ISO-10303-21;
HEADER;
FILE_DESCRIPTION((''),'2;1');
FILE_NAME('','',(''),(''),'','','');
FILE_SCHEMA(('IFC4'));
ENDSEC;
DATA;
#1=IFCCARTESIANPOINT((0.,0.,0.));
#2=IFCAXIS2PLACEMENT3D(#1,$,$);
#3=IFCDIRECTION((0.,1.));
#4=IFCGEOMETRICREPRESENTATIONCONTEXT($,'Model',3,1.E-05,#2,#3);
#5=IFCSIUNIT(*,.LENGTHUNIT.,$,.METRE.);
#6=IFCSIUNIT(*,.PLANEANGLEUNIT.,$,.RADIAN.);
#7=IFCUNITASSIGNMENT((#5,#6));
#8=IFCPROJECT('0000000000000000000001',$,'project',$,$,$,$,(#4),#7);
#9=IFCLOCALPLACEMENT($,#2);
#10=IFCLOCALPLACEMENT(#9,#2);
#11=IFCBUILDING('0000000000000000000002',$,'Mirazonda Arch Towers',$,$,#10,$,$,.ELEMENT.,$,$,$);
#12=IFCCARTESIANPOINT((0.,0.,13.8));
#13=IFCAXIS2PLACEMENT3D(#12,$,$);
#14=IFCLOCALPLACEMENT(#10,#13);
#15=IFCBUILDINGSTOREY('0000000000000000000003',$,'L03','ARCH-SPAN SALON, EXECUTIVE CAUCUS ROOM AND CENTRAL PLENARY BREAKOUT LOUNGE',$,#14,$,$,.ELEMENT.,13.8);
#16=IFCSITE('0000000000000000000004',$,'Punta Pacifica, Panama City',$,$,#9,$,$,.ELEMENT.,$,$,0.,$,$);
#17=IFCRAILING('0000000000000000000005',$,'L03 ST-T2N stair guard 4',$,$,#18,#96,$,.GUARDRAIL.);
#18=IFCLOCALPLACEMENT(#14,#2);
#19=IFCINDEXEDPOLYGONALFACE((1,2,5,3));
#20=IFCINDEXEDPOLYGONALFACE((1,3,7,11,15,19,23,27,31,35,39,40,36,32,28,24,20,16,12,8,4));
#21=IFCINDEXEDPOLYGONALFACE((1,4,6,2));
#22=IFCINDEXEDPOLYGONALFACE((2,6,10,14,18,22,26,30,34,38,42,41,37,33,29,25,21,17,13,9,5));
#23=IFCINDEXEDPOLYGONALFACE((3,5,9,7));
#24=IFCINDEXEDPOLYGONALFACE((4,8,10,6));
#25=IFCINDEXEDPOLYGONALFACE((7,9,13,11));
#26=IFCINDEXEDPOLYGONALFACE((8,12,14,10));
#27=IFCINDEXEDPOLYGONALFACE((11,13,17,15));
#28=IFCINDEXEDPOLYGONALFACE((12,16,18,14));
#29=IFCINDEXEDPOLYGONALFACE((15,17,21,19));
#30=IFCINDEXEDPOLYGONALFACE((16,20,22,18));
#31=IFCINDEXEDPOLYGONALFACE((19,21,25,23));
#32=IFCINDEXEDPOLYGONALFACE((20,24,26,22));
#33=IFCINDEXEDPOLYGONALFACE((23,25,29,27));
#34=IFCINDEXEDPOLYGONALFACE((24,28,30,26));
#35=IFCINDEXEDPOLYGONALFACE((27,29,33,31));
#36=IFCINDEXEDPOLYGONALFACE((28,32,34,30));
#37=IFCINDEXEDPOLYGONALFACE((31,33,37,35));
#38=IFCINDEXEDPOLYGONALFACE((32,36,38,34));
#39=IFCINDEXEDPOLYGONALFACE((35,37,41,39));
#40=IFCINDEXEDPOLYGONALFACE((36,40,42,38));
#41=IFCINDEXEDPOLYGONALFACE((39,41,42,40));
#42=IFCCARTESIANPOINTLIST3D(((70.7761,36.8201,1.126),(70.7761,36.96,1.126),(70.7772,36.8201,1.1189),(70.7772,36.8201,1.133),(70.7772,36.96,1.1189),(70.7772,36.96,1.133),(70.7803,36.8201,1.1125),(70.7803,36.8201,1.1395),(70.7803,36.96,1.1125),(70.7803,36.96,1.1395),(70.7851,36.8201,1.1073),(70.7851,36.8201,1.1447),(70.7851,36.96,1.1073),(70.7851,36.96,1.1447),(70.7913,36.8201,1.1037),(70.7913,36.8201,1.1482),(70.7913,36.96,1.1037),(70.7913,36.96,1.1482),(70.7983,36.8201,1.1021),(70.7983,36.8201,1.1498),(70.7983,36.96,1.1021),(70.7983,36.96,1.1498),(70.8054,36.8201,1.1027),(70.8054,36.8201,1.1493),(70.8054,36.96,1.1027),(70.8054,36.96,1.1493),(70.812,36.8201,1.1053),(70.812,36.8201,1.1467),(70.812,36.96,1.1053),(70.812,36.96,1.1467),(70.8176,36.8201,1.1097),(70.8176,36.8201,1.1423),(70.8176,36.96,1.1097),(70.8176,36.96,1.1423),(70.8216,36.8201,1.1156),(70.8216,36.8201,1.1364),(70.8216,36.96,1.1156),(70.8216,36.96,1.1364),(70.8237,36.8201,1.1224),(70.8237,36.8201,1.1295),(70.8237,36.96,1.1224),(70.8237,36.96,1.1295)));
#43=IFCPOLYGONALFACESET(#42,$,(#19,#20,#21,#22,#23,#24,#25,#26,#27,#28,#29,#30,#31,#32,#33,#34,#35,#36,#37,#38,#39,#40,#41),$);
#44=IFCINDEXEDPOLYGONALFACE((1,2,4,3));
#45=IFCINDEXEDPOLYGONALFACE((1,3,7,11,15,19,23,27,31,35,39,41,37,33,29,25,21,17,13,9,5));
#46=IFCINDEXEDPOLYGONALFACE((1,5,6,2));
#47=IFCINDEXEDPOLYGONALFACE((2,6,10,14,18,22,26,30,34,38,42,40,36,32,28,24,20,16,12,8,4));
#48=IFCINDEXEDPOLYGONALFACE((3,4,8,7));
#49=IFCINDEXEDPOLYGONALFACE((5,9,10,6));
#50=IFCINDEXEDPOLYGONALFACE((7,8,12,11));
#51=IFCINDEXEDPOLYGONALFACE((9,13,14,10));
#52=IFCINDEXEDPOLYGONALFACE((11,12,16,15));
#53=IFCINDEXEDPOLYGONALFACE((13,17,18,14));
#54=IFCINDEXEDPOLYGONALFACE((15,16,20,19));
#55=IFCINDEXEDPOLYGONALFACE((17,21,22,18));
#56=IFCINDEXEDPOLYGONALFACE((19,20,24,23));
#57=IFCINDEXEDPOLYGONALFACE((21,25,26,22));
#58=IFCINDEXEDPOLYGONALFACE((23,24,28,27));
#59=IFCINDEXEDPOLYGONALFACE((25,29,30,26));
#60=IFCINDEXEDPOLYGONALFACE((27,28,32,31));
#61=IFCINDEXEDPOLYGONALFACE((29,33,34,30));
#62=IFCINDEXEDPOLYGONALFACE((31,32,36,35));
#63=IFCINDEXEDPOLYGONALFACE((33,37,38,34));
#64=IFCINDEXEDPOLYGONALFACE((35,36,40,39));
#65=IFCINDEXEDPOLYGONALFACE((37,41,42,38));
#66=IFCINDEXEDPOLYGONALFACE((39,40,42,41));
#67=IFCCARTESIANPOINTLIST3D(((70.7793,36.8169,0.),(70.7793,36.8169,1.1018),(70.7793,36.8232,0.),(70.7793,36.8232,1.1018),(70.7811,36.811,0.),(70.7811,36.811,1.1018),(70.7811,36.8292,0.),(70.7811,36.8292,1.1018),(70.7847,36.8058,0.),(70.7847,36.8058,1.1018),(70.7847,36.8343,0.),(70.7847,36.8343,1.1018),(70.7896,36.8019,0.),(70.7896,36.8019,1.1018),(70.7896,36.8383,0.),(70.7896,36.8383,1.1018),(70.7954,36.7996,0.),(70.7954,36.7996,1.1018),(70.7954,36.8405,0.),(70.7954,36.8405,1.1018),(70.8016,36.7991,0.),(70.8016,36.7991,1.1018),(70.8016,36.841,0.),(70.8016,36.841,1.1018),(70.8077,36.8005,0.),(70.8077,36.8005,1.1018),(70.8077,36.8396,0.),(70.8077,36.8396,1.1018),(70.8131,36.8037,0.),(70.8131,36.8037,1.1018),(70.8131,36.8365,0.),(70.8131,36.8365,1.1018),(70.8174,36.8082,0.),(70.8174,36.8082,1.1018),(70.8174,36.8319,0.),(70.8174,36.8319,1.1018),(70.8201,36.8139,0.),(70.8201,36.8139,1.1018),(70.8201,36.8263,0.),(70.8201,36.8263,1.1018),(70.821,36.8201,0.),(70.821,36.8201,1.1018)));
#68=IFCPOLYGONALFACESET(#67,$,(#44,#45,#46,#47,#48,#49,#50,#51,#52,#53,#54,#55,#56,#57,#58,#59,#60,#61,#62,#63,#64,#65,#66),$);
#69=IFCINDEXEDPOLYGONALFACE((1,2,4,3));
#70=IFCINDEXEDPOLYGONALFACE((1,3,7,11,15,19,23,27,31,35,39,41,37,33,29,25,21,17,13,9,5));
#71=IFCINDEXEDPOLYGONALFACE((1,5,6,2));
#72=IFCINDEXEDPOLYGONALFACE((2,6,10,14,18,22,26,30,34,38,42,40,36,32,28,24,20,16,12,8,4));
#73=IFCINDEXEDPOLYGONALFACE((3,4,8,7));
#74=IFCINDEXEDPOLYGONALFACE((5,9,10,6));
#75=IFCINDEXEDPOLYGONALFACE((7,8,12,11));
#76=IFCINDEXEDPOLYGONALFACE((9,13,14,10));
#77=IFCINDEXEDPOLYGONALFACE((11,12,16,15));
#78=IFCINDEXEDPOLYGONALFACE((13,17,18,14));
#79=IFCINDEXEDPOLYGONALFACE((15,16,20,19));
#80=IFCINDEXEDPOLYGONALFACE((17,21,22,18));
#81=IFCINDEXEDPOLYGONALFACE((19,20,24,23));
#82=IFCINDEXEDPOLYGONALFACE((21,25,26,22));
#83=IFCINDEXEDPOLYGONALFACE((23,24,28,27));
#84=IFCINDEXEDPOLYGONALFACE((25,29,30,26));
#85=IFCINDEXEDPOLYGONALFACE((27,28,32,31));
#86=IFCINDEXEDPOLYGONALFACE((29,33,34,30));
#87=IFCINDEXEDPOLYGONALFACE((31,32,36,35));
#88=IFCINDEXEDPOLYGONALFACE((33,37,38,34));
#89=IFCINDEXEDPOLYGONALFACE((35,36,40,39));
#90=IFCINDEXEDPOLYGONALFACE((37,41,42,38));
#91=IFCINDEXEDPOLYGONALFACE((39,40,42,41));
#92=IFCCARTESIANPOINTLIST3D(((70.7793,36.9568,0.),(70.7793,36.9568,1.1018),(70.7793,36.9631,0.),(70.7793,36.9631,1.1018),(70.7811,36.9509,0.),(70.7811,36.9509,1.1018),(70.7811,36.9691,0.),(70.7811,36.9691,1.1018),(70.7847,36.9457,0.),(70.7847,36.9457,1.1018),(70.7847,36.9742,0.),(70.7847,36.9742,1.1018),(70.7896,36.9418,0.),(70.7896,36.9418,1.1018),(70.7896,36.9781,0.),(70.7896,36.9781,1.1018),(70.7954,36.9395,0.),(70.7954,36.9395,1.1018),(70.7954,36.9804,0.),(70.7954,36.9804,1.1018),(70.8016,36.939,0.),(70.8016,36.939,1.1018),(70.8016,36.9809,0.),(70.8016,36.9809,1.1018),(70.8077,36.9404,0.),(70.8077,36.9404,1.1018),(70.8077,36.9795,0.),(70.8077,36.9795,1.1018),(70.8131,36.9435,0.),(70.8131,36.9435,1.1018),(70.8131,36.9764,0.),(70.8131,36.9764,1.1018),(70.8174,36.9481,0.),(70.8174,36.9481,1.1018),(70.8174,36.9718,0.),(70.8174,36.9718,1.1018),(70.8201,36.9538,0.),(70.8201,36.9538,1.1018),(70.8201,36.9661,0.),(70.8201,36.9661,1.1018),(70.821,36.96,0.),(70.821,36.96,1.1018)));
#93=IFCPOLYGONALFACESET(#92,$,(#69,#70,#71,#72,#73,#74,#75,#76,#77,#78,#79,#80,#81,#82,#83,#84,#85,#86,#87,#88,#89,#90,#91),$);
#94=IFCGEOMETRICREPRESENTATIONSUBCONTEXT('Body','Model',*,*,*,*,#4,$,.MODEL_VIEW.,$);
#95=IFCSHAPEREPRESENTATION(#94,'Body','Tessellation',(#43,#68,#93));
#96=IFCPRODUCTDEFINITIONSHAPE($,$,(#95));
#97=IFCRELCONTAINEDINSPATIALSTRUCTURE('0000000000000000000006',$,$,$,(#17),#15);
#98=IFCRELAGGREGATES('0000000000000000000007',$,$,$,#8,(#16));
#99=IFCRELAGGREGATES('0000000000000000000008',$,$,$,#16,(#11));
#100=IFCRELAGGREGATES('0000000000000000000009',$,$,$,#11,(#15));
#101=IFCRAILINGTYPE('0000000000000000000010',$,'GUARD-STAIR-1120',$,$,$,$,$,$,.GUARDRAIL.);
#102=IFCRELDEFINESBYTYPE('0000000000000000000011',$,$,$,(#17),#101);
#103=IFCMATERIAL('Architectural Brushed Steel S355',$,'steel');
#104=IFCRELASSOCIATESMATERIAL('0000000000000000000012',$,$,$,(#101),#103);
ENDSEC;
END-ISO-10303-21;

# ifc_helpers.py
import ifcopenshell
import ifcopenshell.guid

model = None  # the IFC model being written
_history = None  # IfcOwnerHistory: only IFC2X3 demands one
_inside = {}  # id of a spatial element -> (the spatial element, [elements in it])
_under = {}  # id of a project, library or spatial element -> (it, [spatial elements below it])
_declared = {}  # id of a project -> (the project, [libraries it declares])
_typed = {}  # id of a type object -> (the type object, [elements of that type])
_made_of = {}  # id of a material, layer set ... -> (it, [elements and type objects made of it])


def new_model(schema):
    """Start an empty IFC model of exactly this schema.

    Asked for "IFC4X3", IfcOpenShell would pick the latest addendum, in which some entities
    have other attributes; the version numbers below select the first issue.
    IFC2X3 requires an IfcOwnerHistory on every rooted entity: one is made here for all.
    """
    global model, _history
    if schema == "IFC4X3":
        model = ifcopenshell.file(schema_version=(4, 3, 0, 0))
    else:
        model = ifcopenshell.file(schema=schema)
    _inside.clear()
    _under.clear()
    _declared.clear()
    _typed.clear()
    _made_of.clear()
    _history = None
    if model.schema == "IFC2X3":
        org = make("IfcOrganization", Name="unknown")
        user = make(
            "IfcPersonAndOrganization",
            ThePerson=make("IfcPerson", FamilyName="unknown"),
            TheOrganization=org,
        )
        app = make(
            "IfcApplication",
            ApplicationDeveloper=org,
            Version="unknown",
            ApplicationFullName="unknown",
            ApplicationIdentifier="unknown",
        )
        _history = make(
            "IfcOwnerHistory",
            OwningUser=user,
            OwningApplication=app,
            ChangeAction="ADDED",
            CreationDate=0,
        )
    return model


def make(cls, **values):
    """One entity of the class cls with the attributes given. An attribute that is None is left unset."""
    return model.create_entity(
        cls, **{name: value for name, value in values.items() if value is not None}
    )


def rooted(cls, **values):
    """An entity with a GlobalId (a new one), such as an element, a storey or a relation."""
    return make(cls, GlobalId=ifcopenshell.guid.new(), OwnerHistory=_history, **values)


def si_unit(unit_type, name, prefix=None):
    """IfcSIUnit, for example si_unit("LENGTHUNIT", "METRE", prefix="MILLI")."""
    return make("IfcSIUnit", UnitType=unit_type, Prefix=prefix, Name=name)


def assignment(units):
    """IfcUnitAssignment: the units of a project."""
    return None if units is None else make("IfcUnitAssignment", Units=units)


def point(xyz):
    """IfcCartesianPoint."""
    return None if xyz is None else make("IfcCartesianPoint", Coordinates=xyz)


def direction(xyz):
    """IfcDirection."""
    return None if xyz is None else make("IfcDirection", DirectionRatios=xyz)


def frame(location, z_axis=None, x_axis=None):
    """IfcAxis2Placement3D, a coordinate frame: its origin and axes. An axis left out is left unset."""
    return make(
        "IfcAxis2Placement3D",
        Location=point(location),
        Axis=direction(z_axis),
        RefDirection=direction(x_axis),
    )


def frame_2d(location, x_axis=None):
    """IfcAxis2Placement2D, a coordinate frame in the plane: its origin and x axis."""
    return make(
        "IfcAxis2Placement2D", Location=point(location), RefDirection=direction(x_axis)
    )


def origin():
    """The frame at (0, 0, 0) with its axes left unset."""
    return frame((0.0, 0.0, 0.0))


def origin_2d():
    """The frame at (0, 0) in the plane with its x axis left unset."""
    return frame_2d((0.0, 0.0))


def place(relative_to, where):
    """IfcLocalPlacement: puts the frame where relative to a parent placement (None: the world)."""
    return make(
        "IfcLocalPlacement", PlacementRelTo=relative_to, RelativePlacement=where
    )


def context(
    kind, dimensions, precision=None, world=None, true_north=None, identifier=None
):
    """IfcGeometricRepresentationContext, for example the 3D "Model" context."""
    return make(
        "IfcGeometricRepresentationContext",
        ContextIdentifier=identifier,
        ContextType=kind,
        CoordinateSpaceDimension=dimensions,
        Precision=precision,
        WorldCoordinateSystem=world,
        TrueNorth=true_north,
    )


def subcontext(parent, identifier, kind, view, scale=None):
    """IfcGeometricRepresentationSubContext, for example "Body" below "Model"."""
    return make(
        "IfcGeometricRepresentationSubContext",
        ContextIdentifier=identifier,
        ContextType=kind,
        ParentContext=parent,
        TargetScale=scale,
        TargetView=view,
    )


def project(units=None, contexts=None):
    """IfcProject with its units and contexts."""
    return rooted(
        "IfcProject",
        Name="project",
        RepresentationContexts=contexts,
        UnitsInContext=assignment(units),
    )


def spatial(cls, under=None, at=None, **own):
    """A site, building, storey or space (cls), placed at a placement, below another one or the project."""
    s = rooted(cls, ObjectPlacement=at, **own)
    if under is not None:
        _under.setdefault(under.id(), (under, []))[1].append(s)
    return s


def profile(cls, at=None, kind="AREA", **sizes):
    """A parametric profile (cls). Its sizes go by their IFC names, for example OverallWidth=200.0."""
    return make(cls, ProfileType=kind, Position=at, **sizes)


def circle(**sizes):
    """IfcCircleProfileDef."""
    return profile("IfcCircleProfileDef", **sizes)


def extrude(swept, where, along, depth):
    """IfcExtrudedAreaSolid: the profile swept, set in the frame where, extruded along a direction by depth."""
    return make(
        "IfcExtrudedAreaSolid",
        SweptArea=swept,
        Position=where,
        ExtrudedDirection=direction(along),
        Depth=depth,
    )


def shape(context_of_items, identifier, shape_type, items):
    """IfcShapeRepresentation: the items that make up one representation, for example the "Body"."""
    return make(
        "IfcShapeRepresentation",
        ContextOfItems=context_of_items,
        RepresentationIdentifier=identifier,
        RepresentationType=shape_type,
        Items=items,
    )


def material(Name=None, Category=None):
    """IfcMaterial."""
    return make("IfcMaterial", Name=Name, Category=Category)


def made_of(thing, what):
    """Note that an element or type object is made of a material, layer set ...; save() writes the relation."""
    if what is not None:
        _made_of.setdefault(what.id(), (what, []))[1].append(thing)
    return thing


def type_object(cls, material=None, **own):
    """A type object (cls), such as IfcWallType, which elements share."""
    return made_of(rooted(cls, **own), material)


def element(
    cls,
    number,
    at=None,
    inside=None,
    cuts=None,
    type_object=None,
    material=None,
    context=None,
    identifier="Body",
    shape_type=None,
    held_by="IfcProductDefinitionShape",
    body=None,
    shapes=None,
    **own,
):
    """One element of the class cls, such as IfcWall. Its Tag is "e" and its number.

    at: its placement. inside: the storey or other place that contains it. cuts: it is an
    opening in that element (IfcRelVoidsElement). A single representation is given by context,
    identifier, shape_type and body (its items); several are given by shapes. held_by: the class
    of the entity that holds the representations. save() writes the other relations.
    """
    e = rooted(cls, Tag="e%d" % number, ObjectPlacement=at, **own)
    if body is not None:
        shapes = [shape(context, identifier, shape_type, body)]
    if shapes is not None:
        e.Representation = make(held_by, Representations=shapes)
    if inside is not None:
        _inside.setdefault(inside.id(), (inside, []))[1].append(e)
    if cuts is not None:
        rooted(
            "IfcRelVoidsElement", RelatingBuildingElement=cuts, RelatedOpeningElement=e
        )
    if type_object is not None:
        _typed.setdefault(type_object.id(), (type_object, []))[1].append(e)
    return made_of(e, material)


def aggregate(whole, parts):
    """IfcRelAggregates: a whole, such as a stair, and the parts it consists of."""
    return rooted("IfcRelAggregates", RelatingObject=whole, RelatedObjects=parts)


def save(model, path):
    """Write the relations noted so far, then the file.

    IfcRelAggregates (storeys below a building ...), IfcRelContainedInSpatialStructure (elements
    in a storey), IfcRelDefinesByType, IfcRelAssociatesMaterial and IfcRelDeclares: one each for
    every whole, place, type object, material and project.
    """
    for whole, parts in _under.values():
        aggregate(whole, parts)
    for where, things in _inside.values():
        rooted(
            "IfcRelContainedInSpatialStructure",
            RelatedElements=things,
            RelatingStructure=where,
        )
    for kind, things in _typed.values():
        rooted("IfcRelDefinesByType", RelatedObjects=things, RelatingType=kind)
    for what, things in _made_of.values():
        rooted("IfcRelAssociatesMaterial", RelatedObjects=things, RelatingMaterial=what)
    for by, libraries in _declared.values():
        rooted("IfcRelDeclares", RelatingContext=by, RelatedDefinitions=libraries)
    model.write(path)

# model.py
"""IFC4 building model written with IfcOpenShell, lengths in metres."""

from ifc_helpers import new_model, si_unit, direction, frame, origin, origin_2d, place, context, subcontext, project, spatial, circle, extrude, material, type_object, element, save


model = new_model("IFC4")

# Units and contexts
model_context = context("Model", 3, precision=1e-05, world=origin(), true_north=direction((0.0, 1.0)))
body_context = subcontext(model_context, "Body", "Model", "MODEL_VIEW")
ifc_project = project(units=[si_unit("LENGTHUNIT", "METRE"), si_unit("PLANEANGLEUNIT", "RADIAN")], contexts=[model_context])

# Site, building, storey
site_placement = place(None, origin())
site = spatial("IfcSite", under=ifc_project, at=site_placement, Name="Punta Pacifica, Panama City", CompositionType="ELEMENT", RefElevation=0.0)
building_placement = place(site_placement, origin())
building = spatial("IfcBuilding", under=site, at=building_placement, Name="Mirazonda Arch Towers", CompositionType="ELEMENT")
storey_placement = place(building_placement, frame((0.0, 0.0, 13.8)))
storey = spatial("IfcBuildingStorey", under=building, at=storey_placement, Name="L03", Description="ARCH-SPAN SALON, EXECUTIVE CAUCUS ROOM AND CENTRAL PLENARY BREAKOUT LOUNGE", CompositionType="ELEMENT", Elevation=13.8)

# Shared definitions
ifc_material_1 = material(Name="Architectural Brushed Steel S355", Category="steel")

# Railing
railing_type_1 = type_object("IfcRailingType", Name="GUARD-STAIR-1120", PredefinedType="GUARDRAIL", material=ifc_material_1)
railing_1_placement = place(storey_placement, frame((70.8, 36.8201, 0.0)))
element("IfcRailing", 1, at=railing_1_placement, inside=storey, type_object=railing_type_1, Name="L03 ST-T2N stair guard 4", PredefinedType="GUARDRAIL", context=body_context, shape_type="SweptSolid", body=[
    extrude(circle(Radius=0.0239, at=origin_2d()), frame((0.0, 0.0, 1.126), z_axis=(0.0, 1.0, 0.0), x_axis=(-1.0, 0.0, 0.0)), (0.0, 0.0, 1.0), 0.1399),
    extrude(circle(Radius=0.021, at=origin_2d()), origin(), (0.0, 0.0, 1.0), 1.1018),
    extrude(circle(Radius=0.021, at=origin_2d()), frame((0.0, 0.1399, 0.0)), (0.0, 0.0, 1.0), 1.1018),
])

save(model, "model.ifc")
